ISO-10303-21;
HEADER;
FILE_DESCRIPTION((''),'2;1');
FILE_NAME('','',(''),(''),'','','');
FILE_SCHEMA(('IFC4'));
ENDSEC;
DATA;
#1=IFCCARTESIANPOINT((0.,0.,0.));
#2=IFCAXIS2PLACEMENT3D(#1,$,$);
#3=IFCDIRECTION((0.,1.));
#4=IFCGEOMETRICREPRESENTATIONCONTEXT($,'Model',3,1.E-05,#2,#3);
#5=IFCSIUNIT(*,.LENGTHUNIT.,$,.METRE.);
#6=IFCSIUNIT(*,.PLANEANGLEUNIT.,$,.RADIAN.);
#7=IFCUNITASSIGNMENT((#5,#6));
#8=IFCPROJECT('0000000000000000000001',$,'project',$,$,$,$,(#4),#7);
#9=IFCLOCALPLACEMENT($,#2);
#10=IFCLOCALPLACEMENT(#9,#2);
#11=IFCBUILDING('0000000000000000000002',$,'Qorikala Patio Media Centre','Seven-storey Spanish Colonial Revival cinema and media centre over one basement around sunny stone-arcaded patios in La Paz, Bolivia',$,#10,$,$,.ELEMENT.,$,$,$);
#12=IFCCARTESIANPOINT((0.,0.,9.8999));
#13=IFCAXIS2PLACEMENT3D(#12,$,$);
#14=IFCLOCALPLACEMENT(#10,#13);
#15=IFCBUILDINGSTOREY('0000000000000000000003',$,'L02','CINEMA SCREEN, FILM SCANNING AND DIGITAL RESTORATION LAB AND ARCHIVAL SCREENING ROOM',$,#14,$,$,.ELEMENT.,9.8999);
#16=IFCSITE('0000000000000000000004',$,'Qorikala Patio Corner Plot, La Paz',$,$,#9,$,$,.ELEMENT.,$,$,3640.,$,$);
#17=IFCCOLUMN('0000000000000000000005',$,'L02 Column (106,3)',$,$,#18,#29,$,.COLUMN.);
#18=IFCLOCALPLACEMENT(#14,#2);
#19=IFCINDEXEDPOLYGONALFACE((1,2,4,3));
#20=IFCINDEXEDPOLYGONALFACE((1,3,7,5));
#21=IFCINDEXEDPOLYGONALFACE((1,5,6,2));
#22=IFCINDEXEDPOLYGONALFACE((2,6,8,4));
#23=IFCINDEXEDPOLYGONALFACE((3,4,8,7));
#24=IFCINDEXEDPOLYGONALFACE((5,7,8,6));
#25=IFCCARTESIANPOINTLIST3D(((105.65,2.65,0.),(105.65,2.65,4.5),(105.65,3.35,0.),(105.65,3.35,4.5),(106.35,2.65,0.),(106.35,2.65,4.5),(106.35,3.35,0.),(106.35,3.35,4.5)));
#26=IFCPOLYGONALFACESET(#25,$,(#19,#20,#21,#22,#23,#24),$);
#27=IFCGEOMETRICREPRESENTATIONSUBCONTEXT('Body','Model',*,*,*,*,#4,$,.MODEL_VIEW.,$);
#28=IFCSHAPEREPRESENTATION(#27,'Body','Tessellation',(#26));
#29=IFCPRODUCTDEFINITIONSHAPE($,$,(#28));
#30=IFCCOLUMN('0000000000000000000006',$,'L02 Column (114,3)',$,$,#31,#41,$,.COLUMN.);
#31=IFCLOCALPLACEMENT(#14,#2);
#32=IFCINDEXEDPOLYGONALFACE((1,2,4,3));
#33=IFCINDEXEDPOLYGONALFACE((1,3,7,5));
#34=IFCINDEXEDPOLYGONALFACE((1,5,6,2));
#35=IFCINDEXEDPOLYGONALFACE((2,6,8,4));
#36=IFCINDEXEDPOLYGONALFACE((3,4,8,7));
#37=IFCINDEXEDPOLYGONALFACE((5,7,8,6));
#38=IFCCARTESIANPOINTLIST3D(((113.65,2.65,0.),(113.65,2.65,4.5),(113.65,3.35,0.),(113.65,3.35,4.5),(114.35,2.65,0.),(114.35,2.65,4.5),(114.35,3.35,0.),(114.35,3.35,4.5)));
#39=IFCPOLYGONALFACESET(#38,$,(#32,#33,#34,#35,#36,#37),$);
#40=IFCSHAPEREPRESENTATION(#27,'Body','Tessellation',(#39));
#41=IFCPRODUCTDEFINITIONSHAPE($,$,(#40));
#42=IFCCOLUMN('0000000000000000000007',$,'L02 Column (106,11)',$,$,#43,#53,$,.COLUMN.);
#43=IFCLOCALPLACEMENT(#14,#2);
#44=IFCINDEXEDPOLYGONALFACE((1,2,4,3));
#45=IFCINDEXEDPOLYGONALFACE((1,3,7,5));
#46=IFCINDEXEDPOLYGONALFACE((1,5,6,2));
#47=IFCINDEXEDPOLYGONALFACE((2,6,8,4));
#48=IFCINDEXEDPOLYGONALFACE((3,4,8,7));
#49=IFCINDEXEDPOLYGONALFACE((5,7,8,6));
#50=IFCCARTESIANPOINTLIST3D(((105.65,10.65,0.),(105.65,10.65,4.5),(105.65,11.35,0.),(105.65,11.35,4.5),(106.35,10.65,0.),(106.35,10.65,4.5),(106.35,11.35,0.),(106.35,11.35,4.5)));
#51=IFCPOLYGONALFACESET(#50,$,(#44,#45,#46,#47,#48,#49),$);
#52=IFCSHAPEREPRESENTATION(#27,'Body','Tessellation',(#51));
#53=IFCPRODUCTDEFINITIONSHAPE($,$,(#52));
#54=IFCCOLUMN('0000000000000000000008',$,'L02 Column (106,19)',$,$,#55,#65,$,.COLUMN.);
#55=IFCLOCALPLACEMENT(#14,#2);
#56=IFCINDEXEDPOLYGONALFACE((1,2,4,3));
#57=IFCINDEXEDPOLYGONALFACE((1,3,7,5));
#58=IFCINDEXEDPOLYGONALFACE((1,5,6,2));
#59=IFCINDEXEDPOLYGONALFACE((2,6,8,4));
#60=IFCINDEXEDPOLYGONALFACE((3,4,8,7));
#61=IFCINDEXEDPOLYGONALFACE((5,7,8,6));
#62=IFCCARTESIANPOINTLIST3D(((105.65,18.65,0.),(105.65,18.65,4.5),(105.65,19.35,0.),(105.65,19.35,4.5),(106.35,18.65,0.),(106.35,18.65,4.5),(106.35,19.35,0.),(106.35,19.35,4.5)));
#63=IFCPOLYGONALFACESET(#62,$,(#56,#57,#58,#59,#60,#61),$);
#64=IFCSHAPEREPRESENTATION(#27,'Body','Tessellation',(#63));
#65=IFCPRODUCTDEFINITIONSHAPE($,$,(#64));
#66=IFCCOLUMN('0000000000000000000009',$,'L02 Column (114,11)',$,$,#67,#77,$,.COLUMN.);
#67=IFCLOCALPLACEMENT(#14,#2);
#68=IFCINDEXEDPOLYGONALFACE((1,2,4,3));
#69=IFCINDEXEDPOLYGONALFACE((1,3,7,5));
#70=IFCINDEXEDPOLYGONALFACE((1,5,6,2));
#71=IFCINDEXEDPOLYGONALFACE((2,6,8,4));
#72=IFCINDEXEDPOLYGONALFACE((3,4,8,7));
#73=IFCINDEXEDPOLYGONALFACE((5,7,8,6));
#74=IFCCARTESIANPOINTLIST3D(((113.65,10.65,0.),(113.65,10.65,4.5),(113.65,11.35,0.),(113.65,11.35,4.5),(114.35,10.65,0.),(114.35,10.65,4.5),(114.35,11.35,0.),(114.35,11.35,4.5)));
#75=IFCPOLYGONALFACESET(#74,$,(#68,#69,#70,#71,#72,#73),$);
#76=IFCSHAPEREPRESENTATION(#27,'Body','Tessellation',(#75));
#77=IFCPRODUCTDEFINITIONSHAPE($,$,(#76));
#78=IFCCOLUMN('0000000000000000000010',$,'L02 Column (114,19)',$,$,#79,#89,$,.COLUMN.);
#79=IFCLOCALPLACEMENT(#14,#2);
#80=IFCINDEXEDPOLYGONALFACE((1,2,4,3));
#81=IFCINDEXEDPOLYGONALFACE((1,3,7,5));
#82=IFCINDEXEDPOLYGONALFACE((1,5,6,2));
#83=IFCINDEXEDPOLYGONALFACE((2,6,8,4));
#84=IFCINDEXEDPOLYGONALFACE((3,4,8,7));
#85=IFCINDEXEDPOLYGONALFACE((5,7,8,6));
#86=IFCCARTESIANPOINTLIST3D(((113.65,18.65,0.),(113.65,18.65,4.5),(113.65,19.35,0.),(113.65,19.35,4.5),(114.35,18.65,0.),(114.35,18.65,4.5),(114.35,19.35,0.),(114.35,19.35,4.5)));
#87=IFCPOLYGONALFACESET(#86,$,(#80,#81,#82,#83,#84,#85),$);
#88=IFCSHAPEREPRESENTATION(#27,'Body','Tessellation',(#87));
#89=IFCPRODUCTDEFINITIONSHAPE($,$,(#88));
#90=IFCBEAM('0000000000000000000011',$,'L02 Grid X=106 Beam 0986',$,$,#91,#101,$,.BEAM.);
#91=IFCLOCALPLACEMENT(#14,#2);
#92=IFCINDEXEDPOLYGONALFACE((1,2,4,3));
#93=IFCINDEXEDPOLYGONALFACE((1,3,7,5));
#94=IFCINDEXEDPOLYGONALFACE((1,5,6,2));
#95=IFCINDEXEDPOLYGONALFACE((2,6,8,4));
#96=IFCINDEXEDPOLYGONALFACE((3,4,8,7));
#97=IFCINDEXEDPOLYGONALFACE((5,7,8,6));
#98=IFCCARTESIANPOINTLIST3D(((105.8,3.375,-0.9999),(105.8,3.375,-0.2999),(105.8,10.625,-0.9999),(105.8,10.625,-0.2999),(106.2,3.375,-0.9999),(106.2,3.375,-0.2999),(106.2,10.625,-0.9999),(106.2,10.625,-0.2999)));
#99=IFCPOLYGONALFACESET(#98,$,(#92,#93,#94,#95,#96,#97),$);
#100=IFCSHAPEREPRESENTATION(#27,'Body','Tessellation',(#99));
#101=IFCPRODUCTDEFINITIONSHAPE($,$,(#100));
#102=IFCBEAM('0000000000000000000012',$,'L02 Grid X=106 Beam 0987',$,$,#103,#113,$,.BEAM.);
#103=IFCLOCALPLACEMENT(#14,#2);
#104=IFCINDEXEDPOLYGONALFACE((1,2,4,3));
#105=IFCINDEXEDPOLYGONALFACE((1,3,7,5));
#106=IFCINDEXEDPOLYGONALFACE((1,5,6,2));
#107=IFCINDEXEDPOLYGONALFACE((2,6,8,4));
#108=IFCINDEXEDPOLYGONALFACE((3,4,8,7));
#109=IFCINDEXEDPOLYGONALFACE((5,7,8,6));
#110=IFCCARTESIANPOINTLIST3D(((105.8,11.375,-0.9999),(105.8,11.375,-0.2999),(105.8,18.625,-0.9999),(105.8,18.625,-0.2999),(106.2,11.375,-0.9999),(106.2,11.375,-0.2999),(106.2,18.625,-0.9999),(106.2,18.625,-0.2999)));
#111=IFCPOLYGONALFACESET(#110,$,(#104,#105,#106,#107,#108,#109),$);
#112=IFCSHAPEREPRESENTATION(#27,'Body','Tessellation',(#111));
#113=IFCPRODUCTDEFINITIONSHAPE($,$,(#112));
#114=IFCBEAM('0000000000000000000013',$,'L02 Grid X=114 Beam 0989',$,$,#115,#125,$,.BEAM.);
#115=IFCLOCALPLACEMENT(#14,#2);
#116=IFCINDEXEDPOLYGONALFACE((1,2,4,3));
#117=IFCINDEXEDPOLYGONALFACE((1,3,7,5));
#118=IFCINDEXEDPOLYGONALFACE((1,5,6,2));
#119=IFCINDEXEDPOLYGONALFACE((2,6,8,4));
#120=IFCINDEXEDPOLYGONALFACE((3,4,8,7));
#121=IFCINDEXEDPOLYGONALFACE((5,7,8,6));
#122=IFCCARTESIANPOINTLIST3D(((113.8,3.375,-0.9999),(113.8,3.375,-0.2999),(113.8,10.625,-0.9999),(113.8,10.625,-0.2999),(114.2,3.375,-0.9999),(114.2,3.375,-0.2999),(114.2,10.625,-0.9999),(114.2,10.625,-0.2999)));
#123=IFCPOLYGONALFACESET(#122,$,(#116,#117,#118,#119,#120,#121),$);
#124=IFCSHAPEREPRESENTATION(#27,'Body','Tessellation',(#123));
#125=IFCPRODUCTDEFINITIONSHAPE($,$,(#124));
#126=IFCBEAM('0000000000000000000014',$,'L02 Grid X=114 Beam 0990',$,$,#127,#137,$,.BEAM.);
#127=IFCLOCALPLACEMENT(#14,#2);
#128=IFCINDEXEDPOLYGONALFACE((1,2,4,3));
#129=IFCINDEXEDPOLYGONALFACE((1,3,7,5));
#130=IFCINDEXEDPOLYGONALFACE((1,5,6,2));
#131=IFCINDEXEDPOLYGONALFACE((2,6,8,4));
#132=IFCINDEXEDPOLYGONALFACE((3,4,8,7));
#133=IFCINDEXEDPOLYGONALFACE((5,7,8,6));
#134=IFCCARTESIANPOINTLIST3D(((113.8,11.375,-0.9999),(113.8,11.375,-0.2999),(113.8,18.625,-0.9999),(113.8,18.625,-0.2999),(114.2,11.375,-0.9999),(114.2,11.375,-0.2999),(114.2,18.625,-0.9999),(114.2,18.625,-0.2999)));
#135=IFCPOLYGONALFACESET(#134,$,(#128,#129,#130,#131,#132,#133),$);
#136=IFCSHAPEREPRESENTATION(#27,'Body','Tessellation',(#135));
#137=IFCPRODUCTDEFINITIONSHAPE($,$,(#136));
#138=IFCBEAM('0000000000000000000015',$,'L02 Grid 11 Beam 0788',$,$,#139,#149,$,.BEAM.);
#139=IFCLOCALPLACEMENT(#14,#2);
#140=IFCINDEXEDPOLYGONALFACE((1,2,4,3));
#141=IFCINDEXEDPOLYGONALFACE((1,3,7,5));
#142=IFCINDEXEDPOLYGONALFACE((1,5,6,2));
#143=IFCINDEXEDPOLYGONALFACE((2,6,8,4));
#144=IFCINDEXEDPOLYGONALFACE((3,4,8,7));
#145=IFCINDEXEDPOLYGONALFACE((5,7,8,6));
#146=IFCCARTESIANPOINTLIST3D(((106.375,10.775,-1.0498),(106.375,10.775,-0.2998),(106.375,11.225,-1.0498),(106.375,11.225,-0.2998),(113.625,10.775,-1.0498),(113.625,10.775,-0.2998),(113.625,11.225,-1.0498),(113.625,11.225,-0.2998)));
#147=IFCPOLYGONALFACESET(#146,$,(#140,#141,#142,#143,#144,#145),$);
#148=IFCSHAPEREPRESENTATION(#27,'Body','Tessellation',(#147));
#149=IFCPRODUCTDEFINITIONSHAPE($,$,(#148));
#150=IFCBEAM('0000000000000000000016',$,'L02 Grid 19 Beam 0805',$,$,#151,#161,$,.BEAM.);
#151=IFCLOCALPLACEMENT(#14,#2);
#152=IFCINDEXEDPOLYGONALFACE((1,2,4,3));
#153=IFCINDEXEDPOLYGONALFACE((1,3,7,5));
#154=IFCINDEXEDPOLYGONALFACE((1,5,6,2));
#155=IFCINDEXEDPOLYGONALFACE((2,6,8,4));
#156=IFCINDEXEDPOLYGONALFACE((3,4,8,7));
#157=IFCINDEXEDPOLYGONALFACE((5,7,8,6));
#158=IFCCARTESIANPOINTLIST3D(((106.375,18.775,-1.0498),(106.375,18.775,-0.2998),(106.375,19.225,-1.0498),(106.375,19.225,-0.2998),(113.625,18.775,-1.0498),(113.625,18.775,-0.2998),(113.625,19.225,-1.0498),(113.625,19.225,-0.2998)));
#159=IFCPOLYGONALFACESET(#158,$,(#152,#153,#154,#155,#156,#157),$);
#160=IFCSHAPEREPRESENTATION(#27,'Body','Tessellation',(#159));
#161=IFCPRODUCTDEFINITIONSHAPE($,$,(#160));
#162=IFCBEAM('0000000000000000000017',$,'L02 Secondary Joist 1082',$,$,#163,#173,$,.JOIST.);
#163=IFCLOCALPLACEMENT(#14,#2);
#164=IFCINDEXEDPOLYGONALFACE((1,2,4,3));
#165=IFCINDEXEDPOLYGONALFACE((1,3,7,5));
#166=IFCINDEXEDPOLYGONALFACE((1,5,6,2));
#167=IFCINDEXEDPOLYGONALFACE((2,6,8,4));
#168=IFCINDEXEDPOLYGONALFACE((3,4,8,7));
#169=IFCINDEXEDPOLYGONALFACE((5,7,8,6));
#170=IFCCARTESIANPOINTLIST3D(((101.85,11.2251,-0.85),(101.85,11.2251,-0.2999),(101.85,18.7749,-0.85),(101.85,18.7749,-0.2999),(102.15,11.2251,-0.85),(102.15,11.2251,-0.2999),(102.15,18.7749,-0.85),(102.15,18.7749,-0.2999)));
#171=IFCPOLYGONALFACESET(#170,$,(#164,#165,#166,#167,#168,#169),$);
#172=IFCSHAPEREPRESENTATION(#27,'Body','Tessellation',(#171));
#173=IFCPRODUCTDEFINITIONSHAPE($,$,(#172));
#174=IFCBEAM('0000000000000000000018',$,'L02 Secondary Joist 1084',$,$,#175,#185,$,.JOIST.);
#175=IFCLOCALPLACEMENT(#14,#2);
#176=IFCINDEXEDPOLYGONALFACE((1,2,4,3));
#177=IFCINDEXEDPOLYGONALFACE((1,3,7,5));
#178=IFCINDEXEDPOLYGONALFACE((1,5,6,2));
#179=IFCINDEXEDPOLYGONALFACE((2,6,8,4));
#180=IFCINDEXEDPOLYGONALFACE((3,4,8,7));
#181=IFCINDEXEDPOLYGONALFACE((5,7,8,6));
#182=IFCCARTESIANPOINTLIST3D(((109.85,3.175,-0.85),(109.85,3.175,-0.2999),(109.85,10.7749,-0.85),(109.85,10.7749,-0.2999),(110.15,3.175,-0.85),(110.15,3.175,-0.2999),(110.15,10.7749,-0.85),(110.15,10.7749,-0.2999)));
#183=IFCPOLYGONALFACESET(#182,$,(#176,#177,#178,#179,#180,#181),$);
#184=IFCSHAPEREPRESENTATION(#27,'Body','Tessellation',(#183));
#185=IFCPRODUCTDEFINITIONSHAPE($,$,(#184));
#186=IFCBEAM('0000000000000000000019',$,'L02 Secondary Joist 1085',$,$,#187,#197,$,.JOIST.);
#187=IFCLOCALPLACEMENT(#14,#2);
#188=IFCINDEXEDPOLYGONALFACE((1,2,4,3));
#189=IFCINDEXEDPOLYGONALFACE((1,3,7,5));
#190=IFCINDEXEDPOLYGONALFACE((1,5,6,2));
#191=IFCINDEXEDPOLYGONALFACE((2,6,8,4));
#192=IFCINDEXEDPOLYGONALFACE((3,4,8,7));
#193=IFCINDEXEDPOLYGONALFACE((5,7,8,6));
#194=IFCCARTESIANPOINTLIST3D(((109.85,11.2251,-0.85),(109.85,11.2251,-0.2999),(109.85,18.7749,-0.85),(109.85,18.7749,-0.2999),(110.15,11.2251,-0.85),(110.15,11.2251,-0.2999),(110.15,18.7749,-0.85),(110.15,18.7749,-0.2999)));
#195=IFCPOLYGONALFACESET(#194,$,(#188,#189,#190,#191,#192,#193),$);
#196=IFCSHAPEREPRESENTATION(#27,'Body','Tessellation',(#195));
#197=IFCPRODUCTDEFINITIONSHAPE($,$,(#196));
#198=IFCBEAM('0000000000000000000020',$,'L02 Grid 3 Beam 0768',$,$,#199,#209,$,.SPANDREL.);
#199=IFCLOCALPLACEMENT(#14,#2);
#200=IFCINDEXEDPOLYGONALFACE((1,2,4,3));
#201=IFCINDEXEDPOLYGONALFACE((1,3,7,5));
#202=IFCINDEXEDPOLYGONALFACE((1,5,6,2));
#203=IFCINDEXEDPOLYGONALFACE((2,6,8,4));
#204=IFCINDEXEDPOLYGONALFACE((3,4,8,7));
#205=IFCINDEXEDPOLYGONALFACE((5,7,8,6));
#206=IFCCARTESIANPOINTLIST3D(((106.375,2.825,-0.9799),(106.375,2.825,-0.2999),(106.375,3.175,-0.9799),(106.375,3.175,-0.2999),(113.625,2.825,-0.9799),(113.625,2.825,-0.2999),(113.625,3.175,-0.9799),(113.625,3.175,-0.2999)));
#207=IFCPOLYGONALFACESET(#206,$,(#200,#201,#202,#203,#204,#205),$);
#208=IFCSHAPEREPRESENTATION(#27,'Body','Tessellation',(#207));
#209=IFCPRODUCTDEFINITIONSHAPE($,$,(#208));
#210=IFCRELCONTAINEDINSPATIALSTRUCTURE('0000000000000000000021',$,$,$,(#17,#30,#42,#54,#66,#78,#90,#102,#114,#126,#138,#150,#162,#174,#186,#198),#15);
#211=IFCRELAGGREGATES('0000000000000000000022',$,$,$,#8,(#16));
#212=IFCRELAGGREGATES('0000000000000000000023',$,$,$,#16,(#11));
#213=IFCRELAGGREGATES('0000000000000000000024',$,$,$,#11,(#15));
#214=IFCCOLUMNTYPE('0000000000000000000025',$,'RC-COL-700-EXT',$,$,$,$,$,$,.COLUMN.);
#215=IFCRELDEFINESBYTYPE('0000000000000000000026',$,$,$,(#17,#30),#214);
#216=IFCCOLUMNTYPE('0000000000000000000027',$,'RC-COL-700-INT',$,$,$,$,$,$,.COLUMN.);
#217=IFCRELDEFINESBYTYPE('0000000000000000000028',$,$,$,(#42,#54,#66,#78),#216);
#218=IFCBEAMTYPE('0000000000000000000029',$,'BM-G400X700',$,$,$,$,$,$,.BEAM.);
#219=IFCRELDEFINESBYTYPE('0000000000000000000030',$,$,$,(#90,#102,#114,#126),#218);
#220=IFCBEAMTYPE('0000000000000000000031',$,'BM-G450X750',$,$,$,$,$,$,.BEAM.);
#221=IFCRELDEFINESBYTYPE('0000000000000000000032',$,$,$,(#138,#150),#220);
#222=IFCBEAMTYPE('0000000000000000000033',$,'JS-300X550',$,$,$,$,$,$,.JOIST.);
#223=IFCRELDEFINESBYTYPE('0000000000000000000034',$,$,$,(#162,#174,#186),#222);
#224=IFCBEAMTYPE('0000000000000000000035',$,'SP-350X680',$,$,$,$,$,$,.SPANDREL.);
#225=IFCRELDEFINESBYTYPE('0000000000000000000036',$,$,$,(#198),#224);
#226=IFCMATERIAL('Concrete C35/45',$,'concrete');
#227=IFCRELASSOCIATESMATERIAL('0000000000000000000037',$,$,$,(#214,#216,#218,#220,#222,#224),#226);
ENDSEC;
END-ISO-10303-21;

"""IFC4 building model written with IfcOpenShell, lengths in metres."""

from ifc_helpers import new_model, si_unit, direction, frame, origin, origin_2d, place, context, subcontext, project, spatial, rectangle, extrude, material, material_profile, profile_set, type_object, element, save


model = new_model("IFC4")

# Units and contexts
model_context = context("Model", 3, precision=1e-05, world=origin(), true_north=direction((0.0, 1.0)))
body_context = subcontext(model_context, "Body", "Model", "MODEL_VIEW")
ifc_project = project(units=[si_unit("LENGTHUNIT", "METRE"), si_unit("PLANEANGLEUNIT", "RADIAN")], contexts=[model_context])

# Site, building, storey
site_placement = place(None, origin())
site = spatial("IfcSite", under=ifc_project, at=site_placement, Name="Qorikala Patio Corner Plot, La Paz", CompositionType="ELEMENT", RefElevation=3640.0)
building_placement = place(site_placement, origin())
building = spatial("IfcBuilding", under=site, at=building_placement, Name="Qorikala Patio Media Centre", Description="Seven-storey Spanish Colonial Revival cinema and media centre over one basement around sunny stone-arcaded patios in La Paz, Bolivia", CompositionType="ELEMENT")
storey_placement = place(building_placement, frame((0.0, 0.0, 9.8999)))
storey = spatial("IfcBuildingStorey", under=building, at=storey_placement, Name="L02", Description="CINEMA SCREEN, FILM SCANNING AND DIGITAL RESTORATION LAB AND ARCHIVAL SCREENING ROOM", CompositionType="ELEMENT", Elevation=9.8999)

# Columns
ifc_material_1 = material(Name="Concrete C35/45", Category="concrete")
ifc_material_profile_1 = material_profile(ifc_material_1, rectangle(XDim=0.7, YDim=0.7, at=origin_2d()), Name="RC 700x700")
ifc_profile_set_1 = profile_set([ifc_material_profile_1], Name="Concrete C35/45")
column_type_1 = type_object("IfcColumnType", Name="RC-COL-700-EXT", PredefinedType="COLUMN", material=ifc_profile_set_1)
for number, where, z_axis, x_axis, name in (
    (1, (106.0, 3.0, 0.0), (0.0, 0.0, 1.0), (1.0, 0.0, 0.0), "L02 Column (106,3)"),
    (2, (114.0, 3.0, 0.0), (0.0, 0.0, 1.0), (1.0, 0.0, 0.0), "L02 Column (114,3)"),
):
    element("IfcColumn", number, at=place(storey_placement, frame(where, z_axis=z_axis, x_axis=x_axis)), inside=storey, type_object=column_type_1, Name=name, PredefinedType="COLUMN", context=body_context, shape_type="SweptSolid", body=[
        extrude(rectangle(XDim=0.7, YDim=0.7, at=origin_2d()), origin(), (0.0, 0.0, 1.0), 4.5),
    ])
ifc_material_profile_2 = material_profile(ifc_material_1, rectangle(XDim=0.7, YDim=0.7, at=origin_2d()), Name="RC 700x700")
ifc_profile_set_2 = profile_set([ifc_material_profile_2], Name="Concrete C35/45")
column_type_2 = type_object("IfcColumnType", Name="RC-COL-700-INT", PredefinedType="COLUMN", material=ifc_profile_set_2)
for number, where, z_axis, x_axis, name in (
    (3, (106.0, 11.0, 0.0), (0.0, 0.0, 1.0), (1.0, 0.0, 0.0), "L02 Column (106,11)"),
    (4, (106.0, 19.0, 0.0), (0.0, 0.0, 1.0), (1.0, 0.0, 0.0), "L02 Column (106,19)"),
    (5, (114.0, 11.0, 0.0), (0.0, 0.0, 1.0), (1.0, 0.0, 0.0), "L02 Column (114,11)"),
    (6, (114.0, 19.0, 0.0), (0.0, 0.0, 1.0), (1.0, 0.0, 0.0), "L02 Column (114,19)"),
):
    element("IfcColumn", number, at=place(storey_placement, frame(where, z_axis=z_axis, x_axis=x_axis)), inside=storey, type_object=column_type_2, Name=name, PredefinedType="COLUMN", context=body_context, shape_type="SweptSolid", body=[
        extrude(rectangle(XDim=0.7, YDim=0.7, at=origin_2d()), origin(), (0.0, 0.0, 1.0), 4.5),
    ])

# Beams
ifc_material_profile_3 = material_profile(ifc_material_1, rectangle(XDim=0.3999, YDim=0.7, at=origin_2d()), Name="RC 400x700")
ifc_profile_set_3 = profile_set([ifc_material_profile_3], Name="Concrete C35/45")
beam_type_1 = type_object("IfcBeamType", Name="BM-G400X700", PredefinedType="BEAM", material=ifc_profile_set_3)
for number, where, z_axis, x_axis, name in (
    (7, (106.0, 3.375, -0.6499), (0.0, 1.0, 0.0), (-1.0, 0.0, 0.0), "L02 Grid X=106 Beam 0986"),
    (8, (106.0, 11.375, -0.6499), (0.0, 1.0, 0.0), (-1.0, 0.0, 0.0), "L02 Grid X=106 Beam 0987"),
    (9, (114.0, 3.375, -0.6499), (0.0, 1.0, 0.0), (-1.0, 0.0, 0.0), "L02 Grid X=114 Beam 0989"),
    (10, (114.0, 11.375, -0.6499), (0.0, 1.0, 0.0), (-1.0, 0.0, 0.0), "L02 Grid X=114 Beam 0990"),
):
    element("IfcBeam", number, at=place(storey_placement, frame(where, z_axis=z_axis, x_axis=x_axis)), inside=storey, type_object=beam_type_1, Name=name, PredefinedType="BEAM", context=body_context, shape_type="SweptSolid", body=[
        extrude(rectangle(XDim=0.3999, YDim=0.7, at=origin_2d()), origin(), (0.0, 0.0, 1.0), 7.25),
    ])
ifc_material_profile_4 = material_profile(ifc_material_1, rectangle(XDim=0.45, YDim=0.75, at=origin_2d()), Name="RC 450x750")
ifc_profile_set_4 = profile_set([ifc_material_profile_4], Name="Concrete C35/45")
beam_type_2 = type_object("IfcBeamType", Name="BM-G450X750", PredefinedType="BEAM", material=ifc_profile_set_4)
for number, where, z_axis, x_axis, name in (
    (11, (106.375, 11.0, -0.6748), (1.0, 0.0, 0.0), (0.0, 1.0, 0.0), "L02 Grid 11 Beam 0788"),
    (12, (106.375, 19.0, -0.6748), (1.0, 0.0, 0.0), (0.0, 1.0, 0.0), "L02 Grid 19 Beam 0805"),
):
    element("IfcBeam", number, at=place(storey_placement, frame(where, z_axis=z_axis, x_axis=x_axis)), inside=storey, type_object=beam_type_2, Name=name, PredefinedType="BEAM", context=body_context, shape_type="SweptSolid", body=[
        extrude(rectangle(XDim=0.45, YDim=0.75, at=origin_2d()), origin(), (0.0, 0.0, 1.0), 7.25),
    ])
ifc_material_profile_5 = material_profile(ifc_material_1, rectangle(XDim=0.3, YDim=0.55, at=origin_2d()), Name="RC 300x550")
ifc_profile_set_5 = profile_set([ifc_material_profile_5], Name="Concrete C35/45")
beam_type_3 = type_object("IfcBeamType", Name="JS-300X550", PredefinedType="JOIST", material=ifc_profile_set_5)
beam_1_placement = place(storey_placement, frame((102.0, 11.2251, -0.575), z_axis=(0.0, 1.0, 0.0), x_axis=(-1.0, 0.0, 0.0)))
element("IfcBeam", 13, at=beam_1_placement, inside=storey, type_object=beam_type_3, Name="L02 Secondary Joist 1082", PredefinedType="JOIST", context=body_context, shape_type="SweptSolid", body=[
    extrude(rectangle(XDim=0.3, YDim=0.55, at=origin_2d()), origin(), (0.0, 0.0, 1.0), 7.5498),
])
beam_2_placement = place(storey_placement, frame((110.0, 3.175, -0.575), z_axis=(0.0, 1.0, 0.0), x_axis=(-1.0, 0.0, 0.0)))
element("IfcBeam", 14, at=beam_2_placement, inside=storey, type_object=beam_type_3, Name="L02 Secondary Joist 1084", PredefinedType="JOIST", context=body_context, shape_type="SweptSolid", body=[
    extrude(rectangle(XDim=0.3, YDim=0.55, at=origin_2d()), origin(), (0.0, 0.0, 1.0), 7.5999),
])
beam_3_placement = place(storey_placement, frame((110.0, 11.2251, -0.575), z_axis=(0.0, 1.0, 0.0), x_axis=(-1.0, 0.0, 0.0)))
element("IfcBeam", 15, at=beam_3_placement, inside=storey, type_object=beam_type_3, Name="L02 Secondary Joist 1085", PredefinedType="JOIST", context=body_context, shape_type="SweptSolid", body=[
    extrude(rectangle(XDim=0.3, YDim=0.55, at=origin_2d()), origin(), (0.0, 0.0, 1.0), 7.5498),
])
ifc_material_profile_6 = material_profile(ifc_material_1, rectangle(XDim=0.3501, YDim=0.6799, at=origin_2d()), Name="RC 350x680")
ifc_profile_set_6 = profile_set([ifc_material_profile_6], Name="Concrete C35/45")
beam_type_4 = type_object("IfcBeamType", Name="SP-350X680", PredefinedType="SPANDREL", material=ifc_profile_set_6)
beam_4_placement = place(storey_placement, frame((106.375, 3.0, -0.6399), z_axis=(1.0, 0.0, 0.0), x_axis=(0.0, 1.0, 0.0)))
element("IfcBeam", 16, at=beam_4_placement, inside=storey, type_object=beam_type_4, Name="L02 Grid 3 Beam 0768", PredefinedType="SPANDREL", context=body_context, shape_type="SweptSolid", body=[
    extrude(rectangle(XDim=0.3501, YDim=0.6799, at=origin_2d()), origin(), (0.0, 0.0, 1.0), 7.25),
])

save(model, "model.ifc")
